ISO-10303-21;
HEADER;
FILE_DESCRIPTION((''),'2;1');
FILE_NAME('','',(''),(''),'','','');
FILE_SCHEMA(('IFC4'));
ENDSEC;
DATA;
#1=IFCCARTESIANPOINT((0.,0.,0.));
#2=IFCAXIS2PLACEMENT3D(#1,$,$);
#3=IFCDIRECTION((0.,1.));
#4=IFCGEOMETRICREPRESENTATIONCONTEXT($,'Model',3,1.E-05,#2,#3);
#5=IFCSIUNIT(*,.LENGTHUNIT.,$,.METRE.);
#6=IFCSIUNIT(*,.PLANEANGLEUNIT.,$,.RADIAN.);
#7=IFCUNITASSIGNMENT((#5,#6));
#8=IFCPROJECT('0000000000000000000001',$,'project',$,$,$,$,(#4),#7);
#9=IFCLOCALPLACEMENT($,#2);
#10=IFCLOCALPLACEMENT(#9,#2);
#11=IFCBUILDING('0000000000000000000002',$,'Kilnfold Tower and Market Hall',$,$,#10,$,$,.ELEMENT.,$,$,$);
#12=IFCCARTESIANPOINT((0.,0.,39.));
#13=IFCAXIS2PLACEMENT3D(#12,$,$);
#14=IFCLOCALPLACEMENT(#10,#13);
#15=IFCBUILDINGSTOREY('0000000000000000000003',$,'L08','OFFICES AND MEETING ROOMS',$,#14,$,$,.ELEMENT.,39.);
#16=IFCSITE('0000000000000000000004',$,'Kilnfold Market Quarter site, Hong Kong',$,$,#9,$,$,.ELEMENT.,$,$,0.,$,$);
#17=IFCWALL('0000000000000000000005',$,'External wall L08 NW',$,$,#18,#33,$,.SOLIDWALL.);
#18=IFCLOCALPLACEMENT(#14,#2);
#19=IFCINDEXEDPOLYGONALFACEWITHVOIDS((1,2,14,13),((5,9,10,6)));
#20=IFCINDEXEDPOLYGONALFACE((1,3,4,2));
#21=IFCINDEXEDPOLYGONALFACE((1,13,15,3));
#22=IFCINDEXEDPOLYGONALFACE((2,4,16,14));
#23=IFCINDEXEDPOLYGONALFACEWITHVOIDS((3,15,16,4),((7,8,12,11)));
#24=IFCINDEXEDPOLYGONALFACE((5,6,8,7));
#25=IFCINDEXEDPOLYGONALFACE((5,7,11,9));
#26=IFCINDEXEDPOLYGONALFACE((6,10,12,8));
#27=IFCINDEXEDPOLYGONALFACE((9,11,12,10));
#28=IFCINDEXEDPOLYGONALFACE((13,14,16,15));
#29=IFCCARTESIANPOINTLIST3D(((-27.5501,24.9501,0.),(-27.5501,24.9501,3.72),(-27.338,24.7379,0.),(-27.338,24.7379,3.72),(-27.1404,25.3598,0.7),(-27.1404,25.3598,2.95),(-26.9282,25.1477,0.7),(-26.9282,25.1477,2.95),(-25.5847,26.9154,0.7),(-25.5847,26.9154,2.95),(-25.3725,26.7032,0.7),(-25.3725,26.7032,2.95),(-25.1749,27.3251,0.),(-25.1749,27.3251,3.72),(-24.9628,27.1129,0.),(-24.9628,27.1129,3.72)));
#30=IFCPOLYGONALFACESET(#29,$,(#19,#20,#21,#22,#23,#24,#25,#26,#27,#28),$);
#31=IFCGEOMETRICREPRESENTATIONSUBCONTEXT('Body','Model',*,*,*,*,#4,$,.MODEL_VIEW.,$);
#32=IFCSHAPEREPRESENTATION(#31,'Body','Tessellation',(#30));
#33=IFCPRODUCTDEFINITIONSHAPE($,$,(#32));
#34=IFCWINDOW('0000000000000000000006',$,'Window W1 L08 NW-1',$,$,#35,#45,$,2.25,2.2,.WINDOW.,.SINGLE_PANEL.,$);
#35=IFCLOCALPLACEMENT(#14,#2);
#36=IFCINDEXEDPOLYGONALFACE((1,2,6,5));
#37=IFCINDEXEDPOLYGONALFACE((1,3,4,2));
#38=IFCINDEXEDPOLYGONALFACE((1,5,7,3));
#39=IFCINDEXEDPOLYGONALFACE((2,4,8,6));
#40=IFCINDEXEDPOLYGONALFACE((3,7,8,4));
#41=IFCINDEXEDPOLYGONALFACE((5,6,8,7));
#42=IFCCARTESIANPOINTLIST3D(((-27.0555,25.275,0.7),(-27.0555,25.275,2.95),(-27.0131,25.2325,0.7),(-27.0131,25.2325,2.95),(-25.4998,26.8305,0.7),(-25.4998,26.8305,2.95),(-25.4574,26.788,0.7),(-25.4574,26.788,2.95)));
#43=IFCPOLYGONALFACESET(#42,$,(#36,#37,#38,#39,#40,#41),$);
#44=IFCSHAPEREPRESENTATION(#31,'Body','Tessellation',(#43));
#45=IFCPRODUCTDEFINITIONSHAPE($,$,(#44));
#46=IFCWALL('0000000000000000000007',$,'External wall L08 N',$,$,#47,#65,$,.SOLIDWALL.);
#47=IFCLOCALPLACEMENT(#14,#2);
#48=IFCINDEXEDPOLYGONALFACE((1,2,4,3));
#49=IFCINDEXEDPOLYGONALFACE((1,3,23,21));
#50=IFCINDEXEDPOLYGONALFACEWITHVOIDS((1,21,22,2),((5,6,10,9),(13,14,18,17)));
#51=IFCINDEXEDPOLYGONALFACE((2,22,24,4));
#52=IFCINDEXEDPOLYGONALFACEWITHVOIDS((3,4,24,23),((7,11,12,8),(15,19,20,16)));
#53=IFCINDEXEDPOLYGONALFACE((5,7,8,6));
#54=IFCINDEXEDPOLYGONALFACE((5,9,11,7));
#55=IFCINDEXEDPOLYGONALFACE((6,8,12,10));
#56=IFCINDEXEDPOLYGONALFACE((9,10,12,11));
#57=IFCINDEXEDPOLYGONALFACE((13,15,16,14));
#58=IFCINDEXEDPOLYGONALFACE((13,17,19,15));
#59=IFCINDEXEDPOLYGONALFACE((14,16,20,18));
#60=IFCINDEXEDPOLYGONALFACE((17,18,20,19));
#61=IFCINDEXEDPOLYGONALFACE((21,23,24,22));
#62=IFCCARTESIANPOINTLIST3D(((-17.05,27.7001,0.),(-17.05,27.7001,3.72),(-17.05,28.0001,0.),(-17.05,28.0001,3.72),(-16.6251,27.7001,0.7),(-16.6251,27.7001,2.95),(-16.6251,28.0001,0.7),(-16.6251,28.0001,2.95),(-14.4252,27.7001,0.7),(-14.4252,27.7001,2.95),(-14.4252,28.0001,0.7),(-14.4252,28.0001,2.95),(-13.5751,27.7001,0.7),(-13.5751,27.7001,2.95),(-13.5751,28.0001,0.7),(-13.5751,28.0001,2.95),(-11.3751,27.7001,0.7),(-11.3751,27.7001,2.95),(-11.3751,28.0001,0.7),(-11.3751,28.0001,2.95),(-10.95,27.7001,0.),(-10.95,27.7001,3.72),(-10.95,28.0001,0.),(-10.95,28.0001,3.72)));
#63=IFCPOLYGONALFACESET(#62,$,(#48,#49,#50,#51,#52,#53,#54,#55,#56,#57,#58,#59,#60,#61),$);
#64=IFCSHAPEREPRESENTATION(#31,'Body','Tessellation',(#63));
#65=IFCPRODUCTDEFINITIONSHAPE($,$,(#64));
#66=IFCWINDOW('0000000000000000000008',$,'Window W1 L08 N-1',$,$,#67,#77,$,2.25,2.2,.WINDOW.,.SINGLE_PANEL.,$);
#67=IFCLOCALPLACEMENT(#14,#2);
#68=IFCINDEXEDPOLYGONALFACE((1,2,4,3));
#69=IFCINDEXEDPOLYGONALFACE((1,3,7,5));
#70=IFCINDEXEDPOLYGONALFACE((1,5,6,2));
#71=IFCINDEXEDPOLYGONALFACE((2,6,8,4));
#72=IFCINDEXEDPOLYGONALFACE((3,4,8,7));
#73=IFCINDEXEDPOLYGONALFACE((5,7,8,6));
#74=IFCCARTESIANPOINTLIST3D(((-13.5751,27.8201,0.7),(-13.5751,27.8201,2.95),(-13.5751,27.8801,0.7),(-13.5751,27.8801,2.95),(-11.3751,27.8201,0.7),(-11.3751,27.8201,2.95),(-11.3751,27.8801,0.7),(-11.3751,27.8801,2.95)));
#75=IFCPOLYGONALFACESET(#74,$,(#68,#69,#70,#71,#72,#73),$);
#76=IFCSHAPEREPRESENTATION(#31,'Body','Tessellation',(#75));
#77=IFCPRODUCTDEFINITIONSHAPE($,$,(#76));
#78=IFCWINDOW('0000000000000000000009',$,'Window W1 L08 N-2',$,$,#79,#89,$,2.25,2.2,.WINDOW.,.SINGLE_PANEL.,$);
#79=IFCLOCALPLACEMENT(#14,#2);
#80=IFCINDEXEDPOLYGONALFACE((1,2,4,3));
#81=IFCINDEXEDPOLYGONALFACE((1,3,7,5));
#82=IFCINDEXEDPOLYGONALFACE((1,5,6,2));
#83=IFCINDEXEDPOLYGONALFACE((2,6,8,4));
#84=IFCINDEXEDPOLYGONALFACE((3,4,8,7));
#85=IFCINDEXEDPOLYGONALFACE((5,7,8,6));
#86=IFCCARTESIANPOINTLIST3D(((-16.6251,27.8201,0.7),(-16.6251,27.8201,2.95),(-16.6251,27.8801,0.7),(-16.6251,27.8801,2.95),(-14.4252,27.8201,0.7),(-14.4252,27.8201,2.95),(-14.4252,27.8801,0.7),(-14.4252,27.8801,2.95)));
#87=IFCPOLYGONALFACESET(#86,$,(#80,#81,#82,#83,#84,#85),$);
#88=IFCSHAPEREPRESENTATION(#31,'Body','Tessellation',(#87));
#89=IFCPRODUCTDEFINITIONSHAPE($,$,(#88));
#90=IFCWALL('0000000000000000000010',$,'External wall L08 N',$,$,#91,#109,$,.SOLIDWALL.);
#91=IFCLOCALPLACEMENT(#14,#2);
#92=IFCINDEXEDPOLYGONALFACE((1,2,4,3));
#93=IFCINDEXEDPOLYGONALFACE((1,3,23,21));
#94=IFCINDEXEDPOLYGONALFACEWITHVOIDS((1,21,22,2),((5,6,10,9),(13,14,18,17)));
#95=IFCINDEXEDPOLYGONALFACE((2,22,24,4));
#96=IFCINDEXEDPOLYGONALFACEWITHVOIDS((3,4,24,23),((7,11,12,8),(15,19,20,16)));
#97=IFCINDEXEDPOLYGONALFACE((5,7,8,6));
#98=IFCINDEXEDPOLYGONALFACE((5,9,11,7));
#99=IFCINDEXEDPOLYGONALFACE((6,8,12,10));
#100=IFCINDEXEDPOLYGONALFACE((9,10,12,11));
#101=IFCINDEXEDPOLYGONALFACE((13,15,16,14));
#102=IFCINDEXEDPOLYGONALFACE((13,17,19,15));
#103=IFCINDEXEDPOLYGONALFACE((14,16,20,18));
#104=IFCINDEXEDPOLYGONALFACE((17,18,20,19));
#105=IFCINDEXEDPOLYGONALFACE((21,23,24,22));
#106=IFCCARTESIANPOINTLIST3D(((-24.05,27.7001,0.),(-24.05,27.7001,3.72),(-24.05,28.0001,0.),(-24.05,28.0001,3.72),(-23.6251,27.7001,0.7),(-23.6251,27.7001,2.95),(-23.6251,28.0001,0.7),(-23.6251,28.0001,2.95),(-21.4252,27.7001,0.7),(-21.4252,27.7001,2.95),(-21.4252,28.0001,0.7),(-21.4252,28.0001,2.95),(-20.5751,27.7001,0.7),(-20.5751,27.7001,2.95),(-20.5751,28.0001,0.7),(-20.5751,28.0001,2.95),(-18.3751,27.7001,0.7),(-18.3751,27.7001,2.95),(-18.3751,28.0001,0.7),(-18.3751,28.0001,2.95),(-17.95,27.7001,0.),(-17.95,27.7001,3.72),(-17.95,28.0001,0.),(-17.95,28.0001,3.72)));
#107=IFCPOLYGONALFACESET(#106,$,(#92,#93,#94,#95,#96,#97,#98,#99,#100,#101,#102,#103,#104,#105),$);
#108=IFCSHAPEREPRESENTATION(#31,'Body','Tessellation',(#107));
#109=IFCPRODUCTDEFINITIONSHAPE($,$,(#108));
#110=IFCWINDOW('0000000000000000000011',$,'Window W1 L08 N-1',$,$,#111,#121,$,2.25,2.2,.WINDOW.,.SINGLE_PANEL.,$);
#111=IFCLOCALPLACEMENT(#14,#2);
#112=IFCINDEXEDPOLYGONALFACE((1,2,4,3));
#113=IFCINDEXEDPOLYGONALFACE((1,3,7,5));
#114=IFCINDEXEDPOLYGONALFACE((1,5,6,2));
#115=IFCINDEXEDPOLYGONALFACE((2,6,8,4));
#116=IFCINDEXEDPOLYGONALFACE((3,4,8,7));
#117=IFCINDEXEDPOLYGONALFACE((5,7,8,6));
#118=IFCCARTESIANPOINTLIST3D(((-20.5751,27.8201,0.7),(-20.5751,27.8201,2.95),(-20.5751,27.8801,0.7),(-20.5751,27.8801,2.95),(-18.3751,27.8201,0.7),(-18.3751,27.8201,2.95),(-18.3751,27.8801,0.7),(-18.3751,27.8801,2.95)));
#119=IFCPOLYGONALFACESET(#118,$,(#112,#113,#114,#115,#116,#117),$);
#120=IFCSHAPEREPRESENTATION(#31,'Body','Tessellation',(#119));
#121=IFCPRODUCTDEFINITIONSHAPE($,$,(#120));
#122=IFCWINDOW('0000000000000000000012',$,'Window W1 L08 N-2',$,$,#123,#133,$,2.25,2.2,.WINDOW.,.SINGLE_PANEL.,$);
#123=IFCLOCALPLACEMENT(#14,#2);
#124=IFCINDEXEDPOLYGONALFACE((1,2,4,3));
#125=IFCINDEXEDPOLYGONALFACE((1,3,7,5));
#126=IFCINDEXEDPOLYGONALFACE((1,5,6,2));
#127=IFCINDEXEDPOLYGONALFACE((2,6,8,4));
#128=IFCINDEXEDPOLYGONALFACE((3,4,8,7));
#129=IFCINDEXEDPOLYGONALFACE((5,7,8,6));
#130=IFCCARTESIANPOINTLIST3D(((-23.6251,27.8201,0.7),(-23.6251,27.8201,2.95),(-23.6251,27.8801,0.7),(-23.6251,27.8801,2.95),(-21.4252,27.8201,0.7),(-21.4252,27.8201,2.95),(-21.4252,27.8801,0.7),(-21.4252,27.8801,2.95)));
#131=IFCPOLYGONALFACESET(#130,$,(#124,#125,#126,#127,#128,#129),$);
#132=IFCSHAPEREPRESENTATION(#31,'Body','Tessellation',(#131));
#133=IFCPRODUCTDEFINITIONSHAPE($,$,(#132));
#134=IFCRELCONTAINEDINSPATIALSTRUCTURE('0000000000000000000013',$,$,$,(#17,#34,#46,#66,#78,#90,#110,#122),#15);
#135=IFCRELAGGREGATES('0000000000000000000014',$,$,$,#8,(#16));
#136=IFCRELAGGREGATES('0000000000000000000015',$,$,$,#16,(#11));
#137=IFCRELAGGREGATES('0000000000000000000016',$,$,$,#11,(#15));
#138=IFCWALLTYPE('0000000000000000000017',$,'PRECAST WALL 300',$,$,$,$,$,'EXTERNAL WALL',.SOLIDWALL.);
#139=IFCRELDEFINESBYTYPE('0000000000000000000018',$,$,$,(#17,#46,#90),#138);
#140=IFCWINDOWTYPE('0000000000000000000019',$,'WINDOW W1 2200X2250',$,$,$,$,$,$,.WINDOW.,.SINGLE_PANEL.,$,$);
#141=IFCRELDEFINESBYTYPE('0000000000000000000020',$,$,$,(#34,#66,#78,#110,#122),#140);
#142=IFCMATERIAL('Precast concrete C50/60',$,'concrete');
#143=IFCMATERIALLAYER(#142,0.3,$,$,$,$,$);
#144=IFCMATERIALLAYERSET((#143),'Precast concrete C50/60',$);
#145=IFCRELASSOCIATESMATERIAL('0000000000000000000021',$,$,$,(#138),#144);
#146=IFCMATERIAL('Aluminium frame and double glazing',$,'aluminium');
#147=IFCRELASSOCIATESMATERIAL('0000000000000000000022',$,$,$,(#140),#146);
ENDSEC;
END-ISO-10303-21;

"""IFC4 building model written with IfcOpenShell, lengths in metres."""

from ifc_helpers import new_model, si_unit, direction, frame, frame_2d, origin, place, context, subcontext, project, spatial, rectangle, extrude, source, transform, mapped, material, layer, layer_set, type_object, element, fill, save


model = new_model("IFC4")

# Units and contexts
model_context = context("Model", 3, precision=1e-05, world=origin(), true_north=direction((0.0, 1.0)))
body_context = subcontext(model_context, "Body", "Model", "MODEL_VIEW")
ifc_project = project(units=[si_unit("LENGTHUNIT", "METRE"), si_unit("PLANEANGLEUNIT", "RADIAN")], contexts=[model_context])

# Site, building, storey
site_placement = place(None, origin())
site = spatial("IfcSite", under=ifc_project, at=site_placement, Name="Kilnfold Market Quarter site, Hong Kong", CompositionType="ELEMENT", RefElevation=0.0)
building_placement = place(site_placement, origin())
building = spatial("IfcBuilding", under=site, at=building_placement, Name="Kilnfold Tower and Market Hall", CompositionType="ELEMENT")
storey_placement = place(building_placement, frame((0.0, 0.0, 39.0)))
storey = spatial("IfcBuildingStorey", under=building, at=storey_placement, Name="L08", Description="OFFICES AND MEETING ROOMS", CompositionType="ELEMENT", Elevation=39.0)

# Wall, opening, window
ifc_material_1 = material(Name="Precast concrete C50/60", Category="concrete")
ifc_layer_1 = layer(ifc_material_1, 0.3)
ifc_layer_set_1 = layer_set([ifc_layer_1], Name="Precast concrete C50/60")
wall_type_1 = type_object("IfcWallType", Name="PRECAST WALL 300", ElementType="EXTERNAL WALL", PredefinedType="SOLIDWALL", material=ifc_layer_set_1)
shared_shape_1 = source(origin(), body_context, "Body", "SweptSolid", [
    extrude(rectangle(XDim=3.3589, YDim=0.3, at=frame_2d((1.6794, 0.0))), origin(), (0.0, 0.0, 1.0), 3.72),
])
wall_1_placement = place(storey_placement, frame((-25.0688, 27.219, 0.0), z_axis=(0.0, 0.0, 1.0), x_axis=(-0.707143, -0.70707, 0.0)))
wall_1 = element("IfcWall", 1, at=wall_1_placement, inside=storey, type_object=wall_type_1, Name="External wall L08 NW", PredefinedType="SOLIDWALL", context=body_context, shape_type="MappedRepresentation", body=[
    mapped(shared_shape_1, transform((0.0, 0.0, 0.0))),
])
opening_1_placement = place(wall_1_placement, frame((0.5793, 0.0, 0.7)))
opening_1 = element("IfcOpeningElement", 2, at=opening_1_placement, cuts=wall_1, PredefinedType="OPENING", context=body_context, shape_type="SweptSolid", body=[
    extrude(rectangle(XDim=2.2, YDim=2.25, at=frame_2d((1.1001, 1.125))), frame((0.0, 0.1602, 0.0), z_axis=(0.0, -1.0, 0.0), x_axis=(1.0, 0.0, 0.0)), (0.0, 0.0, 1.0), 0.3201),
])
ifc_material_2 = material(Name="Aluminium frame and double glazing", Category="aluminium")
window_type = type_object("IfcWindowType", Name="WINDOW W1 2200X2250", PartitioningType="SINGLE_PANEL", PredefinedType="WINDOW", material=ifc_material_2)
window_1_placement = place(opening_1_placement, origin())
window_1 = element("IfcWindow", 3, at=window_1_placement, inside=storey, type_object=window_type, Name="Window W1 L08 NW-1", OverallHeight=2.25, OverallWidth=2.2, PartitioningType="SINGLE_PANEL", PredefinedType="WINDOW", context=body_context, shape_type="SweptSolid", body=[
    extrude(rectangle(XDim=2.2, YDim=2.25, at=frame_2d((1.1001, 1.125))), frame((0.0, 0.03, 0.0), z_axis=(0.0, -1.0, 0.0), x_axis=(1.0, 0.0, 0.0)), (0.0, 0.0, 1.0), 0.0601),
])
fill(opening_1, window_1)

# Walls, openings, windows
shared_shape_2 = source(origin(), body_context, "Body", "SweptSolid", [
    extrude(rectangle(XDim=6.1001, YDim=0.3, at=frame_2d((3.05, 0.0))), origin(), (0.0, 0.0, 1.0), 3.72),
])
wall_2_placement = place(storey_placement, frame((-10.95, 27.8501, 0.0), z_axis=(0.0, 0.0, 1.0), x_axis=(-1.0, 0.0, 0.0)))
wall_2 = element("IfcWall", 4, at=wall_2_placement, inside=storey, type_object=wall_type_1, Name="External wall L08 N", PredefinedType="SOLIDWALL", context=body_context, shape_type="MappedRepresentation", body=[
    mapped(shared_shape_2, transform((0.0, 0.0, 0.0))),
])
opening_2_placement = place(wall_2_placement, frame((0.425, 0.0, 0.7)))
opening_2 = element("IfcOpeningElement", 5, at=opening_2_placement, cuts=wall_2, PredefinedType="OPENING", context=body_context, shape_type="SweptSolid", body=[
    extrude(rectangle(XDim=2.2, YDim=2.25, at=frame_2d((1.1001, 1.125))), frame((0.0, 0.1602, 0.0), z_axis=(0.0, -1.0, 0.0), x_axis=(1.0, 0.0, 0.0)), (0.0, 0.0, 1.0), 0.3201),
])
opening_3_placement = place(wall_2_placement, frame((3.4751, 0.0, 0.7)))
opening_3 = element("IfcOpeningElement", 6, at=opening_3_placement, cuts=wall_2, PredefinedType="OPENING", context=body_context, shape_type="SweptSolid", body=[
    extrude(rectangle(XDim=2.2, YDim=2.25, at=frame_2d((1.1001, 1.125))), frame((0.0, 0.1602, 0.0), z_axis=(0.0, -1.0, 0.0), x_axis=(1.0, 0.0, 0.0)), (0.0, 0.0, 1.0), 0.3201),
])
window_2_placement = place(opening_2_placement, origin())
window_2 = element("IfcWindow", 7, at=window_2_placement, inside=storey, type_object=window_type, Name="Window W1 L08 N-1", OverallHeight=2.25, OverallWidth=2.2, PartitioningType="SINGLE_PANEL", PredefinedType="WINDOW", context=body_context, shape_type="SweptSolid", body=[
    extrude(rectangle(XDim=2.2, YDim=2.25, at=frame_2d((1.1001, 1.125))), frame((0.0, 0.03, 0.0), z_axis=(0.0, -1.0, 0.0), x_axis=(1.0, 0.0, 0.0)), (0.0, 0.0, 1.0), 0.0601),
])
fill(opening_2, window_2)
window_3_placement = place(opening_3_placement, origin())
window_3 = element("IfcWindow", 8, at=window_3_placement, inside=storey, type_object=window_type, Name="Window W1 L08 N-2", OverallHeight=2.25, OverallWidth=2.2, PartitioningType="SINGLE_PANEL", PredefinedType="WINDOW", context=body_context, shape_type="SweptSolid", body=[
    extrude(rectangle(XDim=2.2, YDim=2.25, at=frame_2d((1.1001, 1.125))), frame((0.0, 0.03, 0.0), z_axis=(0.0, -1.0, 0.0), x_axis=(1.0, 0.0, 0.0)), (0.0, 0.0, 1.0), 0.0601),
])
fill(opening_3, window_3)
wall_3_placement = place(storey_placement, frame((-17.95, 27.8501, 0.0), z_axis=(0.0, 0.0, 1.0), x_axis=(-1.0, 0.0, 0.0)))
wall_3 = element("IfcWall", 9, at=wall_3_placement, inside=storey, type_object=wall_type_1, Name="External wall L08 N", PredefinedType="SOLIDWALL", context=body_context, shape_type="MappedRepresentation", body=[
    mapped(shared_shape_2, transform((0.0, 0.0, 0.0))),
])
opening_4_placement = place(wall_3_placement, frame((0.425, 0.0, 0.7)))
opening_4 = element("IfcOpeningElement", 10, at=opening_4_placement, cuts=wall_3, PredefinedType="OPENING", context=body_context, shape_type="SweptSolid", body=[
    extrude(rectangle(XDim=2.2, YDim=2.25, at=frame_2d((1.1001, 1.125))), frame((0.0, 0.1602, 0.0), z_axis=(0.0, -1.0, 0.0), x_axis=(1.0, 0.0, 0.0)), (0.0, 0.0, 1.0), 0.3201),
])
opening_5_placement = place(wall_3_placement, frame((3.4751, 0.0, 0.7)))
opening_5 = element("IfcOpeningElement", 11, at=opening_5_placement, cuts=wall_3, PredefinedType="OPENING", context=body_context, shape_type="SweptSolid", body=[
    extrude(rectangle(XDim=2.2, YDim=2.25, at=frame_2d((1.1001, 1.125))), frame((0.0, 0.1602, 0.0), z_axis=(0.0, -1.0, 0.0), x_axis=(1.0, 0.0, 0.0)), (0.0, 0.0, 1.0), 0.3201),
])
window_4_placement = place(opening_4_placement, origin())
window_4 = element("IfcWindow", 12, at=window_4_placement, inside=storey, type_object=window_type, Name="Window W1 L08 N-1", OverallHeight=2.25, OverallWidth=2.2, PartitioningType="SINGLE_PANEL", PredefinedType="WINDOW", context=body_context, shape_type="SweptSolid", body=[
    extrude(rectangle(XDim=2.2, YDim=2.25, at=frame_2d((1.1001, 1.125))), frame((0.0, 0.03, 0.0), z_axis=(0.0, -1.0, 0.0), x_axis=(1.0, 0.0, 0.0)), (0.0, 0.0, 1.0), 0.0601),
])
fill(opening_4, window_4)
window_5_placement = place(opening_5_placement, origin())
window_5 = element("IfcWindow", 13, at=window_5_placement, inside=storey, type_object=window_type, Name="Window W1 L08 N-2", OverallHeight=2.25, OverallWidth=2.2, PartitioningType="SINGLE_PANEL", PredefinedType="WINDOW", context=body_context, shape_type="SweptSolid", body=[
    extrude(rectangle(XDim=2.2, YDim=2.25, at=frame_2d((1.1001, 1.125))), frame((0.0, 0.03, 0.0), z_axis=(0.0, -1.0, 0.0), x_axis=(1.0, 0.0, 0.0)), (0.0, 0.0, 1.0), 0.0601),
])
fill(opening_5, window_5)

save(model, "model.ifc")
